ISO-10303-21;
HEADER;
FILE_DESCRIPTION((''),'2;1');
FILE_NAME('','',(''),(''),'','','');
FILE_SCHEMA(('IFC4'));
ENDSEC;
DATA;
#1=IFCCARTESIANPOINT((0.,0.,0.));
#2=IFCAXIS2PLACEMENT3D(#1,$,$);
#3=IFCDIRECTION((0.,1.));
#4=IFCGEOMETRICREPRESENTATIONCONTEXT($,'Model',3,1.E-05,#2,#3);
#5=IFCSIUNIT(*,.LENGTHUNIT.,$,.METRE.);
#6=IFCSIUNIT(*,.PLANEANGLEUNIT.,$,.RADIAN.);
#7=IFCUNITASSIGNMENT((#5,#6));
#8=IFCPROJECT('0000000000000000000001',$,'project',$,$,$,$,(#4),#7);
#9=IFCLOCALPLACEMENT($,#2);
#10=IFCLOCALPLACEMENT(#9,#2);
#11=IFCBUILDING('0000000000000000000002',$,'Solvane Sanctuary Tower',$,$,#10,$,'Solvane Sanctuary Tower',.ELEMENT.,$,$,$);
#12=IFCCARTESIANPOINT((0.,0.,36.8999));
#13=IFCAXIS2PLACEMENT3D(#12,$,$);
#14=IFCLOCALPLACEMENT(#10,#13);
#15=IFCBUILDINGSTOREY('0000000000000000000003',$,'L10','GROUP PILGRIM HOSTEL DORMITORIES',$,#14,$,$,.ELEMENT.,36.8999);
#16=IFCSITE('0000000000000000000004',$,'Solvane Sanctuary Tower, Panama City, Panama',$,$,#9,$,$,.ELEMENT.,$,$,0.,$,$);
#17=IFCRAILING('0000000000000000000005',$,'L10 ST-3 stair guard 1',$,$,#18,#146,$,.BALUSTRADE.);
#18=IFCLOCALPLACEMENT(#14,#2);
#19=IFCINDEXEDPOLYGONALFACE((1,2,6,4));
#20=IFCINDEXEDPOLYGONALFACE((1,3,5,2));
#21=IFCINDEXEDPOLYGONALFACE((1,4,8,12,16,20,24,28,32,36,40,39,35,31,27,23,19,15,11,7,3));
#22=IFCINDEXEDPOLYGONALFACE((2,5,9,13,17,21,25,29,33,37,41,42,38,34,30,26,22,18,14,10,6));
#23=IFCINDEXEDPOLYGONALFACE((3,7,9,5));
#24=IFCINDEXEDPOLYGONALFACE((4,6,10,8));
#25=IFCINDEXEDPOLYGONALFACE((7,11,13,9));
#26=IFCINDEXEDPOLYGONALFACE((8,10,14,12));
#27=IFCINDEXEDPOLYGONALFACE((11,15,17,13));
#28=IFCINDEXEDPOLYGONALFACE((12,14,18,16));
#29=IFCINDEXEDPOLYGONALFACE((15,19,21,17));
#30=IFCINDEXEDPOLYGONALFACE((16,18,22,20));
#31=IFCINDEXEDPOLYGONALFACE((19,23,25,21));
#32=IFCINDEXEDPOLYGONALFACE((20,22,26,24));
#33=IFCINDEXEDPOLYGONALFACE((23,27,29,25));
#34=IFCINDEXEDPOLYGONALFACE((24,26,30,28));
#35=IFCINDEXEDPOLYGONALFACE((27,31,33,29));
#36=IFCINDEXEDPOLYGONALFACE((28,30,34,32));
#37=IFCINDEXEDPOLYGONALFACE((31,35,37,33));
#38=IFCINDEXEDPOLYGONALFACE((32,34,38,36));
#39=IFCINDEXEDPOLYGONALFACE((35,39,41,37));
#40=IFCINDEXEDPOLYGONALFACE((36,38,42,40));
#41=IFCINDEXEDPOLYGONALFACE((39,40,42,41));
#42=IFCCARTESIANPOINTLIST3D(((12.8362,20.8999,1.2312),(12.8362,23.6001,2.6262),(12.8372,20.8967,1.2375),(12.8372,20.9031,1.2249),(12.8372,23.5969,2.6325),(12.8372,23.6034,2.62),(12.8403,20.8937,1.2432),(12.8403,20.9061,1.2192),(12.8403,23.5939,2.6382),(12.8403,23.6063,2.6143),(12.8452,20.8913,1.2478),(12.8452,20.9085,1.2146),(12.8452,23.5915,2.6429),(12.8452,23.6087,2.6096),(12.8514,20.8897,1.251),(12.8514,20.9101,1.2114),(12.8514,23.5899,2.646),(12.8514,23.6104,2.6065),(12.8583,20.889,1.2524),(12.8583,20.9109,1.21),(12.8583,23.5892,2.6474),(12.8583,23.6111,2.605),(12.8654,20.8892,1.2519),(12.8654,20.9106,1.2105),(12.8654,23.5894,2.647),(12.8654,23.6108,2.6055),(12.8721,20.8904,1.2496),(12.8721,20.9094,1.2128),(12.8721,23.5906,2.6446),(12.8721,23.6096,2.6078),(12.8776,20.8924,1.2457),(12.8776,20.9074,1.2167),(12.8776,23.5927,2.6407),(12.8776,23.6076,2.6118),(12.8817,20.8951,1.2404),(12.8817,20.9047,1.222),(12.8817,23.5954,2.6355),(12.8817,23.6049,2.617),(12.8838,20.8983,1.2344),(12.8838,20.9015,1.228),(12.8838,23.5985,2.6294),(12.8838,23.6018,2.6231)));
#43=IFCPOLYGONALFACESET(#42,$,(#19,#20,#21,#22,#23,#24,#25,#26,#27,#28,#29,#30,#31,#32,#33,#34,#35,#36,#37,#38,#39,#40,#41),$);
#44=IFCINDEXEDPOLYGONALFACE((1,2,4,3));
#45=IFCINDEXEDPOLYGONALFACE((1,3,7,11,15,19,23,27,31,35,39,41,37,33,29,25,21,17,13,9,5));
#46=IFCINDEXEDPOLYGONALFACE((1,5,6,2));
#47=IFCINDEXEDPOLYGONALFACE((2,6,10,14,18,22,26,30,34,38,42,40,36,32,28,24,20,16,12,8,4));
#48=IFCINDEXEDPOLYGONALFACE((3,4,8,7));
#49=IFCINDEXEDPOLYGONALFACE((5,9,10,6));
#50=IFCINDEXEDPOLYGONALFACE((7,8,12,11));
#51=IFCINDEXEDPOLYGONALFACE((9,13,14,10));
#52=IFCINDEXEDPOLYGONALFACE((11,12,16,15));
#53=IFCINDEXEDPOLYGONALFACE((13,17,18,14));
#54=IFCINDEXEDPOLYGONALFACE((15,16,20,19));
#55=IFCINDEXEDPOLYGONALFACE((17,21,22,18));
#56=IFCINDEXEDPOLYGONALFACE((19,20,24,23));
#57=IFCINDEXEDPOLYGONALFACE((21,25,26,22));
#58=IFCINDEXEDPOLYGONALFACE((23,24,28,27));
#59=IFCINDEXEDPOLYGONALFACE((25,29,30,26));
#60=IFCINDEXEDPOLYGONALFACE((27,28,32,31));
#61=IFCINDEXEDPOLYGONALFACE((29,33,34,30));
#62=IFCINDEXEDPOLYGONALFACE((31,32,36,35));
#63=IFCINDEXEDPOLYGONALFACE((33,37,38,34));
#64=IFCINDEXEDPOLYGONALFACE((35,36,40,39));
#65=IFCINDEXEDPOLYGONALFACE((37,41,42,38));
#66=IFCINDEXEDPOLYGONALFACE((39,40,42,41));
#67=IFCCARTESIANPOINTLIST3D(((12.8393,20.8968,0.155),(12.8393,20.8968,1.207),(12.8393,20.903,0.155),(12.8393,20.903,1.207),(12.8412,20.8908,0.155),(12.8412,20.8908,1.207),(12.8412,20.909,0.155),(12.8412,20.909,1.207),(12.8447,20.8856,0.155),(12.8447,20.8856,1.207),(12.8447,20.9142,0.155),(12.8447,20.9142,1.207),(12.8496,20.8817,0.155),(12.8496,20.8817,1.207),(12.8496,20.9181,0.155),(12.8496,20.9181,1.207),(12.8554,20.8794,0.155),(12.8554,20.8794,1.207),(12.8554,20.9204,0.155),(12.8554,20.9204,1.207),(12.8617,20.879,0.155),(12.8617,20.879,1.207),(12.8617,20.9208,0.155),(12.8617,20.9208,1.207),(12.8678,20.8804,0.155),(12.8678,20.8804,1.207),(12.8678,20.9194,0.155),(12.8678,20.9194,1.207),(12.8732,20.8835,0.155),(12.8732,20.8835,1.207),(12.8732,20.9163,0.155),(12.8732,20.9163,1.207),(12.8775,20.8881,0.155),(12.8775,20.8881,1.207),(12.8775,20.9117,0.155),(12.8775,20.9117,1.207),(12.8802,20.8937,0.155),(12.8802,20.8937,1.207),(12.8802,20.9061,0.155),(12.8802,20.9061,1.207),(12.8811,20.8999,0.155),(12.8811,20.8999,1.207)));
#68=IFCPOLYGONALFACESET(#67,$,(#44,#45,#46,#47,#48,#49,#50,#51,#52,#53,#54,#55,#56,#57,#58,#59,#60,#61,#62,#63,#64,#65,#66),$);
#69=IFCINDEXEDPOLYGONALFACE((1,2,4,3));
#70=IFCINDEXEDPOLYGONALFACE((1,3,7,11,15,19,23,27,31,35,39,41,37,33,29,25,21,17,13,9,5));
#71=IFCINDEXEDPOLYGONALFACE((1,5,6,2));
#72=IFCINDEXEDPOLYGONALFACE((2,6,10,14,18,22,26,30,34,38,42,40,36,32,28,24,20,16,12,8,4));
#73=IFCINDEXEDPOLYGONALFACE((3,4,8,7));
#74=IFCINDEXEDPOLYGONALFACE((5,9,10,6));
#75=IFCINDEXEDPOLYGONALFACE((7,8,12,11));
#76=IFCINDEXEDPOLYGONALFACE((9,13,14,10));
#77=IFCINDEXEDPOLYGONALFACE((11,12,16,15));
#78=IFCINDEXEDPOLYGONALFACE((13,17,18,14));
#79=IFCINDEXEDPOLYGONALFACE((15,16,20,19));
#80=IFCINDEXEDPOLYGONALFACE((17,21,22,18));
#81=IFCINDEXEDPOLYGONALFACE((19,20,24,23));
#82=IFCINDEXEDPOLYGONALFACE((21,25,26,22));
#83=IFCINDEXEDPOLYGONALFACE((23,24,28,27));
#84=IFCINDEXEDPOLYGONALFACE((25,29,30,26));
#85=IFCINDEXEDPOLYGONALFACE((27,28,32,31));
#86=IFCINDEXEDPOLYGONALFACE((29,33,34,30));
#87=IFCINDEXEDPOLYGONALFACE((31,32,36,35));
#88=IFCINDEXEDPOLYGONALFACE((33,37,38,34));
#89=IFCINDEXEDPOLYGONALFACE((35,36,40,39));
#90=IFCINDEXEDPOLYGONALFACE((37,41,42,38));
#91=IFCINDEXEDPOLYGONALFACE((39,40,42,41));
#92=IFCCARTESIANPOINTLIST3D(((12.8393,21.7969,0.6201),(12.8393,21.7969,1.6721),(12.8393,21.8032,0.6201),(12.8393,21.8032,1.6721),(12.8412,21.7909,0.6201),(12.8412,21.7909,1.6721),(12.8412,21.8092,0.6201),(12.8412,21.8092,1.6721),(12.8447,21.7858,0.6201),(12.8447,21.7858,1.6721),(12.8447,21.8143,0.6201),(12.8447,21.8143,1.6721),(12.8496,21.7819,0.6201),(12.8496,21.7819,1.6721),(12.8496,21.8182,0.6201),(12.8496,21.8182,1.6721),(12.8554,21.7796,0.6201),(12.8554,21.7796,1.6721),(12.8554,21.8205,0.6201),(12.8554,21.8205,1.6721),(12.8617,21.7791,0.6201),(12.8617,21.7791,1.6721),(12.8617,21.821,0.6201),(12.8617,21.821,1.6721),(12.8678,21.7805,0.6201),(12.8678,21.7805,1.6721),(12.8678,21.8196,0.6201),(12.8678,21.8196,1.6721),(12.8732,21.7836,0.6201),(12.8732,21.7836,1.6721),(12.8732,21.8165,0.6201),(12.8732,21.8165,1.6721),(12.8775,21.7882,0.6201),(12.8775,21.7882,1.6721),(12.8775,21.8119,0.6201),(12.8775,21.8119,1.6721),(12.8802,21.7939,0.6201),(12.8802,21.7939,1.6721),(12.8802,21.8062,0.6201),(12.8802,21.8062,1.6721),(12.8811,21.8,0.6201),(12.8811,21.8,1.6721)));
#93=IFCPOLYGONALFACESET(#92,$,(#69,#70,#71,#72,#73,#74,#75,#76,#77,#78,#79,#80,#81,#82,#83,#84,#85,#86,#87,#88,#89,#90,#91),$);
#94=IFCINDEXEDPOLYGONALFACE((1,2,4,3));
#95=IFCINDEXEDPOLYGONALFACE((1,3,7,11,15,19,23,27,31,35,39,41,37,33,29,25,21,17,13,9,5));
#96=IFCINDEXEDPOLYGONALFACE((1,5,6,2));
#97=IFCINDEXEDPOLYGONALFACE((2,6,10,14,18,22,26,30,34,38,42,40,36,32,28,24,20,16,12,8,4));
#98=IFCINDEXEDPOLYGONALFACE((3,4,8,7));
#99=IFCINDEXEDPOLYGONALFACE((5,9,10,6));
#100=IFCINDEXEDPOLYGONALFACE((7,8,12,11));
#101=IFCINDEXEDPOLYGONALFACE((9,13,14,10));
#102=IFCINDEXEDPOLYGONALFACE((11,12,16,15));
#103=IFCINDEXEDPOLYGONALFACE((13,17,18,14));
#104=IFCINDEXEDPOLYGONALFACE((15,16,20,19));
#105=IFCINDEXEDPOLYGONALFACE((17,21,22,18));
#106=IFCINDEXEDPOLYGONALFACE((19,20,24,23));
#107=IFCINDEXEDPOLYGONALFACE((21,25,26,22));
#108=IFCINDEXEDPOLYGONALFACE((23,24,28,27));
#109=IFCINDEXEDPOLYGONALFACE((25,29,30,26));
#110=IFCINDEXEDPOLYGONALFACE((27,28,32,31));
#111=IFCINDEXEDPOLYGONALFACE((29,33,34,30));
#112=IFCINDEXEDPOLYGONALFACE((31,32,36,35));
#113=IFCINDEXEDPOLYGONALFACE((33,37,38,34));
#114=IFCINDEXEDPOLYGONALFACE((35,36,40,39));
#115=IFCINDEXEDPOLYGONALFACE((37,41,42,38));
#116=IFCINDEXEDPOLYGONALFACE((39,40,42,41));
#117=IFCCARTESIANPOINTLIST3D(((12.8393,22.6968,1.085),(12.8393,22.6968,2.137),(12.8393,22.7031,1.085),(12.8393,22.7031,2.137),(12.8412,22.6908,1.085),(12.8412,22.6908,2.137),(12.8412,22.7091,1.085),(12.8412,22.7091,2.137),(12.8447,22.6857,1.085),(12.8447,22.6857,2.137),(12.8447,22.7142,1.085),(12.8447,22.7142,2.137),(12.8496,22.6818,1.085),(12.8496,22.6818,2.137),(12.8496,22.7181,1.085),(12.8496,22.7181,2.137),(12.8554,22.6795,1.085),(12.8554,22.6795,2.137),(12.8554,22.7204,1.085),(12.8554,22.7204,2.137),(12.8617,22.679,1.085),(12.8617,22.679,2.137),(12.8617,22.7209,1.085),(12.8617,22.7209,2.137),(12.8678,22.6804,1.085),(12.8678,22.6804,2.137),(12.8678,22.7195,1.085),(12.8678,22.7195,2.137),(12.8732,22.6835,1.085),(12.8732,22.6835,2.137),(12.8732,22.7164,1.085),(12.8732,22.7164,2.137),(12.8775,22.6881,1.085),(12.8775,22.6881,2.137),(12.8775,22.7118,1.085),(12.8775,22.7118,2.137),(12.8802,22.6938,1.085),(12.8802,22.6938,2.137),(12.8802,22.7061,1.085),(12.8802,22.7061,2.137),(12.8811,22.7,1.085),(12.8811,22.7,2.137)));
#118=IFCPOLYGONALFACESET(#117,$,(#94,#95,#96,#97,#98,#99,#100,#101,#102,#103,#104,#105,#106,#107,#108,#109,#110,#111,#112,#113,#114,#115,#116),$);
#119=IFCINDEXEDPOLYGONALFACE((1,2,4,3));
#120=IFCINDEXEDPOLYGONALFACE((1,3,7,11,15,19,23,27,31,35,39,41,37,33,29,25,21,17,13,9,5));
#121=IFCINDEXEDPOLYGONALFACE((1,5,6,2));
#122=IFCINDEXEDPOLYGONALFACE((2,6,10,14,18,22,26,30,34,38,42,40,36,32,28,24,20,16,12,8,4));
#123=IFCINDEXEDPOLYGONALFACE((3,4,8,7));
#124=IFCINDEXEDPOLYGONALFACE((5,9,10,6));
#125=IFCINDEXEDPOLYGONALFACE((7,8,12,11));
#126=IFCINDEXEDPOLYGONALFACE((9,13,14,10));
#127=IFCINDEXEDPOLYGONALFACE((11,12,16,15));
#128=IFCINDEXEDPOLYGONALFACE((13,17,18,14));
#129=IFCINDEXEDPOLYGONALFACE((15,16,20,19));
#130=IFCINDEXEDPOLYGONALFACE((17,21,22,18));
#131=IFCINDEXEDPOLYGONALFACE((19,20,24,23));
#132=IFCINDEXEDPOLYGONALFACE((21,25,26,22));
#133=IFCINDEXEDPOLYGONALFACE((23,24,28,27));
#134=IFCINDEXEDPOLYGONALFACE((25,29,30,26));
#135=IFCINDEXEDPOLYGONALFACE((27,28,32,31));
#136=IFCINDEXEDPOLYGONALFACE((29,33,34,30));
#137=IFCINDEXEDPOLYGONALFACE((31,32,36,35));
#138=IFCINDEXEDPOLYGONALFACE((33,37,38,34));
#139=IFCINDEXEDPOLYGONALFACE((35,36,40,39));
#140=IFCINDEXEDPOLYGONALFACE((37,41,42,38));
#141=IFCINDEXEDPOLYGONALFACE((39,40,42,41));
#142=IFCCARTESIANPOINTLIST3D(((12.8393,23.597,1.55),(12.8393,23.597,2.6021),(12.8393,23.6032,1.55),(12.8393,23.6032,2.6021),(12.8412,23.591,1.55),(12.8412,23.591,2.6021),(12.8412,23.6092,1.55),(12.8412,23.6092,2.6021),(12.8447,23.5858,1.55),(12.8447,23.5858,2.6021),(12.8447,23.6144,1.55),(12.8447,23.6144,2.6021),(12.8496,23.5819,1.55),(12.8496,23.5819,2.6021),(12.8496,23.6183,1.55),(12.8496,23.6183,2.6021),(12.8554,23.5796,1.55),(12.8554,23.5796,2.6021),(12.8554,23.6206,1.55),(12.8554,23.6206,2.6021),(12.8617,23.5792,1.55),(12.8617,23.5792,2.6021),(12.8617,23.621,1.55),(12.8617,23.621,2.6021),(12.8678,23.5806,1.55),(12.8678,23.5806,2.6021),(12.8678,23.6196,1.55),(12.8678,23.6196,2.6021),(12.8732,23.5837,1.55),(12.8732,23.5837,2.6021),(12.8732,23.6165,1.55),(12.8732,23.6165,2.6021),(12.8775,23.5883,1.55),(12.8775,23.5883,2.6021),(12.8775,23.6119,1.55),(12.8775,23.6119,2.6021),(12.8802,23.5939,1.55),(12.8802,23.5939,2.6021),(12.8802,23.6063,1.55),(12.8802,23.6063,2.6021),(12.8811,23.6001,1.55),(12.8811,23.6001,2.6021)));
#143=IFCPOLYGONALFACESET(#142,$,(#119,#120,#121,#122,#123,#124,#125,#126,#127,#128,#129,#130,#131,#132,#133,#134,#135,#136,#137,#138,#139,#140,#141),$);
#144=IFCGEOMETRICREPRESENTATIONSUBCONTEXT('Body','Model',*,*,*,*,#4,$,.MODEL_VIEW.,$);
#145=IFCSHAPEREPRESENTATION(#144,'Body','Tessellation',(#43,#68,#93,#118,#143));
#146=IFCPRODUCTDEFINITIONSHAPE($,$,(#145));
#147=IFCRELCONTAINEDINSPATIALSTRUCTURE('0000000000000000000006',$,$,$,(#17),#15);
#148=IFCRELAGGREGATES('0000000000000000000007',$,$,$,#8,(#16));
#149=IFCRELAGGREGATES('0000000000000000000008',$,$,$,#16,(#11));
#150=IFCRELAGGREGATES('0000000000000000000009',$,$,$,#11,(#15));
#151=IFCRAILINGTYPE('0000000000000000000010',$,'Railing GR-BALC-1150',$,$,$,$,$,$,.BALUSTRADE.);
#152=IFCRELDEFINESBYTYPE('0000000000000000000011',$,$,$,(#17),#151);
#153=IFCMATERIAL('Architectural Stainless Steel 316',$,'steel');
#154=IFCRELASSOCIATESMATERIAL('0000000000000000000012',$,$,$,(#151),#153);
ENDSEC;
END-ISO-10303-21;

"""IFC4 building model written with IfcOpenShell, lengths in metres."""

from ifc_helpers import new_model, si_unit, direction, frame, origin, origin_2d, place, context, subcontext, project, spatial, circle, extrude, material, type_object, element, save


model = new_model("IFC4")

# Units and contexts
model_context = context("Model", 3, precision=1e-05, world=origin(), true_north=direction((0.0, 1.0)))
body_context = subcontext(model_context, "Body", "Model", "MODEL_VIEW")
ifc_project = project(units=[si_unit("LENGTHUNIT", "METRE"), si_unit("PLANEANGLEUNIT", "RADIAN")], contexts=[model_context])

# Site, building, storey
site_placement = place(None, origin())
site = spatial("IfcSite", under=ifc_project, at=site_placement, Name="Solvane Sanctuary Tower, Panama City, Panama", CompositionType="ELEMENT", RefElevation=0.0)
building_placement = place(site_placement, origin())
building = spatial("IfcBuilding", under=site, at=building_placement, Name="Solvane Sanctuary Tower", LongName="Solvane Sanctuary Tower", CompositionType="ELEMENT")
storey_placement = place(building_placement, frame((0.0, 0.0, 36.8999)))
storey = spatial("IfcBuildingStorey", under=building, at=storey_placement, Name="L10", Description="GROUP PILGRIM HOSTEL DORMITORIES", CompositionType="ELEMENT", Elevation=36.8999)

# Railing
ifc_material_1 = material(Name="Architectural Stainless Steel 316", Category="steel")
railing_type_1 = type_object("IfcRailingType", Name="Railing GR-BALC-1150", PredefinedType="BALUSTRADE", material=ifc_material_1)
railing_1_placement = place(storey_placement, frame((12.8601, 20.8999, 0.155)))
element("IfcRailing", 1, at=railing_1_placement, inside=storey, type_object=railing_type_1, Name="L10 ST-3 stair guard 1", PredefinedType="BALUSTRADE", context=body_context, shape_type="SweptSolid", body=[
    extrude(circle(Radius=0.0239, at=origin_2d()), frame((0.0, 0.0, 1.0762), z_axis=(0.0, 0.888437, 0.458999), x_axis=(-1.0, 0.0, 0.0)), (0.0, 0.0, 1.0), 3.0393),
    extrude(circle(Radius=0.021, at=origin_2d()), origin(), (0.0, 0.0, 1.0), 1.052),
    extrude(circle(Radius=0.021, at=origin_2d()), frame((0.0, 0.9001, 0.4651)), (0.0, 0.0, 1.0), 1.052),
    extrude(circle(Radius=0.021, at=origin_2d()), frame((0.0, 1.8, 0.9299)), (0.0, 0.0, 1.0), 1.052),
    extrude(circle(Radius=0.021, at=origin_2d()), frame((0.0, 2.7002, 1.395)), (0.0, 0.0, 1.0), 1.052),
])

save(model, "model.ifc")
